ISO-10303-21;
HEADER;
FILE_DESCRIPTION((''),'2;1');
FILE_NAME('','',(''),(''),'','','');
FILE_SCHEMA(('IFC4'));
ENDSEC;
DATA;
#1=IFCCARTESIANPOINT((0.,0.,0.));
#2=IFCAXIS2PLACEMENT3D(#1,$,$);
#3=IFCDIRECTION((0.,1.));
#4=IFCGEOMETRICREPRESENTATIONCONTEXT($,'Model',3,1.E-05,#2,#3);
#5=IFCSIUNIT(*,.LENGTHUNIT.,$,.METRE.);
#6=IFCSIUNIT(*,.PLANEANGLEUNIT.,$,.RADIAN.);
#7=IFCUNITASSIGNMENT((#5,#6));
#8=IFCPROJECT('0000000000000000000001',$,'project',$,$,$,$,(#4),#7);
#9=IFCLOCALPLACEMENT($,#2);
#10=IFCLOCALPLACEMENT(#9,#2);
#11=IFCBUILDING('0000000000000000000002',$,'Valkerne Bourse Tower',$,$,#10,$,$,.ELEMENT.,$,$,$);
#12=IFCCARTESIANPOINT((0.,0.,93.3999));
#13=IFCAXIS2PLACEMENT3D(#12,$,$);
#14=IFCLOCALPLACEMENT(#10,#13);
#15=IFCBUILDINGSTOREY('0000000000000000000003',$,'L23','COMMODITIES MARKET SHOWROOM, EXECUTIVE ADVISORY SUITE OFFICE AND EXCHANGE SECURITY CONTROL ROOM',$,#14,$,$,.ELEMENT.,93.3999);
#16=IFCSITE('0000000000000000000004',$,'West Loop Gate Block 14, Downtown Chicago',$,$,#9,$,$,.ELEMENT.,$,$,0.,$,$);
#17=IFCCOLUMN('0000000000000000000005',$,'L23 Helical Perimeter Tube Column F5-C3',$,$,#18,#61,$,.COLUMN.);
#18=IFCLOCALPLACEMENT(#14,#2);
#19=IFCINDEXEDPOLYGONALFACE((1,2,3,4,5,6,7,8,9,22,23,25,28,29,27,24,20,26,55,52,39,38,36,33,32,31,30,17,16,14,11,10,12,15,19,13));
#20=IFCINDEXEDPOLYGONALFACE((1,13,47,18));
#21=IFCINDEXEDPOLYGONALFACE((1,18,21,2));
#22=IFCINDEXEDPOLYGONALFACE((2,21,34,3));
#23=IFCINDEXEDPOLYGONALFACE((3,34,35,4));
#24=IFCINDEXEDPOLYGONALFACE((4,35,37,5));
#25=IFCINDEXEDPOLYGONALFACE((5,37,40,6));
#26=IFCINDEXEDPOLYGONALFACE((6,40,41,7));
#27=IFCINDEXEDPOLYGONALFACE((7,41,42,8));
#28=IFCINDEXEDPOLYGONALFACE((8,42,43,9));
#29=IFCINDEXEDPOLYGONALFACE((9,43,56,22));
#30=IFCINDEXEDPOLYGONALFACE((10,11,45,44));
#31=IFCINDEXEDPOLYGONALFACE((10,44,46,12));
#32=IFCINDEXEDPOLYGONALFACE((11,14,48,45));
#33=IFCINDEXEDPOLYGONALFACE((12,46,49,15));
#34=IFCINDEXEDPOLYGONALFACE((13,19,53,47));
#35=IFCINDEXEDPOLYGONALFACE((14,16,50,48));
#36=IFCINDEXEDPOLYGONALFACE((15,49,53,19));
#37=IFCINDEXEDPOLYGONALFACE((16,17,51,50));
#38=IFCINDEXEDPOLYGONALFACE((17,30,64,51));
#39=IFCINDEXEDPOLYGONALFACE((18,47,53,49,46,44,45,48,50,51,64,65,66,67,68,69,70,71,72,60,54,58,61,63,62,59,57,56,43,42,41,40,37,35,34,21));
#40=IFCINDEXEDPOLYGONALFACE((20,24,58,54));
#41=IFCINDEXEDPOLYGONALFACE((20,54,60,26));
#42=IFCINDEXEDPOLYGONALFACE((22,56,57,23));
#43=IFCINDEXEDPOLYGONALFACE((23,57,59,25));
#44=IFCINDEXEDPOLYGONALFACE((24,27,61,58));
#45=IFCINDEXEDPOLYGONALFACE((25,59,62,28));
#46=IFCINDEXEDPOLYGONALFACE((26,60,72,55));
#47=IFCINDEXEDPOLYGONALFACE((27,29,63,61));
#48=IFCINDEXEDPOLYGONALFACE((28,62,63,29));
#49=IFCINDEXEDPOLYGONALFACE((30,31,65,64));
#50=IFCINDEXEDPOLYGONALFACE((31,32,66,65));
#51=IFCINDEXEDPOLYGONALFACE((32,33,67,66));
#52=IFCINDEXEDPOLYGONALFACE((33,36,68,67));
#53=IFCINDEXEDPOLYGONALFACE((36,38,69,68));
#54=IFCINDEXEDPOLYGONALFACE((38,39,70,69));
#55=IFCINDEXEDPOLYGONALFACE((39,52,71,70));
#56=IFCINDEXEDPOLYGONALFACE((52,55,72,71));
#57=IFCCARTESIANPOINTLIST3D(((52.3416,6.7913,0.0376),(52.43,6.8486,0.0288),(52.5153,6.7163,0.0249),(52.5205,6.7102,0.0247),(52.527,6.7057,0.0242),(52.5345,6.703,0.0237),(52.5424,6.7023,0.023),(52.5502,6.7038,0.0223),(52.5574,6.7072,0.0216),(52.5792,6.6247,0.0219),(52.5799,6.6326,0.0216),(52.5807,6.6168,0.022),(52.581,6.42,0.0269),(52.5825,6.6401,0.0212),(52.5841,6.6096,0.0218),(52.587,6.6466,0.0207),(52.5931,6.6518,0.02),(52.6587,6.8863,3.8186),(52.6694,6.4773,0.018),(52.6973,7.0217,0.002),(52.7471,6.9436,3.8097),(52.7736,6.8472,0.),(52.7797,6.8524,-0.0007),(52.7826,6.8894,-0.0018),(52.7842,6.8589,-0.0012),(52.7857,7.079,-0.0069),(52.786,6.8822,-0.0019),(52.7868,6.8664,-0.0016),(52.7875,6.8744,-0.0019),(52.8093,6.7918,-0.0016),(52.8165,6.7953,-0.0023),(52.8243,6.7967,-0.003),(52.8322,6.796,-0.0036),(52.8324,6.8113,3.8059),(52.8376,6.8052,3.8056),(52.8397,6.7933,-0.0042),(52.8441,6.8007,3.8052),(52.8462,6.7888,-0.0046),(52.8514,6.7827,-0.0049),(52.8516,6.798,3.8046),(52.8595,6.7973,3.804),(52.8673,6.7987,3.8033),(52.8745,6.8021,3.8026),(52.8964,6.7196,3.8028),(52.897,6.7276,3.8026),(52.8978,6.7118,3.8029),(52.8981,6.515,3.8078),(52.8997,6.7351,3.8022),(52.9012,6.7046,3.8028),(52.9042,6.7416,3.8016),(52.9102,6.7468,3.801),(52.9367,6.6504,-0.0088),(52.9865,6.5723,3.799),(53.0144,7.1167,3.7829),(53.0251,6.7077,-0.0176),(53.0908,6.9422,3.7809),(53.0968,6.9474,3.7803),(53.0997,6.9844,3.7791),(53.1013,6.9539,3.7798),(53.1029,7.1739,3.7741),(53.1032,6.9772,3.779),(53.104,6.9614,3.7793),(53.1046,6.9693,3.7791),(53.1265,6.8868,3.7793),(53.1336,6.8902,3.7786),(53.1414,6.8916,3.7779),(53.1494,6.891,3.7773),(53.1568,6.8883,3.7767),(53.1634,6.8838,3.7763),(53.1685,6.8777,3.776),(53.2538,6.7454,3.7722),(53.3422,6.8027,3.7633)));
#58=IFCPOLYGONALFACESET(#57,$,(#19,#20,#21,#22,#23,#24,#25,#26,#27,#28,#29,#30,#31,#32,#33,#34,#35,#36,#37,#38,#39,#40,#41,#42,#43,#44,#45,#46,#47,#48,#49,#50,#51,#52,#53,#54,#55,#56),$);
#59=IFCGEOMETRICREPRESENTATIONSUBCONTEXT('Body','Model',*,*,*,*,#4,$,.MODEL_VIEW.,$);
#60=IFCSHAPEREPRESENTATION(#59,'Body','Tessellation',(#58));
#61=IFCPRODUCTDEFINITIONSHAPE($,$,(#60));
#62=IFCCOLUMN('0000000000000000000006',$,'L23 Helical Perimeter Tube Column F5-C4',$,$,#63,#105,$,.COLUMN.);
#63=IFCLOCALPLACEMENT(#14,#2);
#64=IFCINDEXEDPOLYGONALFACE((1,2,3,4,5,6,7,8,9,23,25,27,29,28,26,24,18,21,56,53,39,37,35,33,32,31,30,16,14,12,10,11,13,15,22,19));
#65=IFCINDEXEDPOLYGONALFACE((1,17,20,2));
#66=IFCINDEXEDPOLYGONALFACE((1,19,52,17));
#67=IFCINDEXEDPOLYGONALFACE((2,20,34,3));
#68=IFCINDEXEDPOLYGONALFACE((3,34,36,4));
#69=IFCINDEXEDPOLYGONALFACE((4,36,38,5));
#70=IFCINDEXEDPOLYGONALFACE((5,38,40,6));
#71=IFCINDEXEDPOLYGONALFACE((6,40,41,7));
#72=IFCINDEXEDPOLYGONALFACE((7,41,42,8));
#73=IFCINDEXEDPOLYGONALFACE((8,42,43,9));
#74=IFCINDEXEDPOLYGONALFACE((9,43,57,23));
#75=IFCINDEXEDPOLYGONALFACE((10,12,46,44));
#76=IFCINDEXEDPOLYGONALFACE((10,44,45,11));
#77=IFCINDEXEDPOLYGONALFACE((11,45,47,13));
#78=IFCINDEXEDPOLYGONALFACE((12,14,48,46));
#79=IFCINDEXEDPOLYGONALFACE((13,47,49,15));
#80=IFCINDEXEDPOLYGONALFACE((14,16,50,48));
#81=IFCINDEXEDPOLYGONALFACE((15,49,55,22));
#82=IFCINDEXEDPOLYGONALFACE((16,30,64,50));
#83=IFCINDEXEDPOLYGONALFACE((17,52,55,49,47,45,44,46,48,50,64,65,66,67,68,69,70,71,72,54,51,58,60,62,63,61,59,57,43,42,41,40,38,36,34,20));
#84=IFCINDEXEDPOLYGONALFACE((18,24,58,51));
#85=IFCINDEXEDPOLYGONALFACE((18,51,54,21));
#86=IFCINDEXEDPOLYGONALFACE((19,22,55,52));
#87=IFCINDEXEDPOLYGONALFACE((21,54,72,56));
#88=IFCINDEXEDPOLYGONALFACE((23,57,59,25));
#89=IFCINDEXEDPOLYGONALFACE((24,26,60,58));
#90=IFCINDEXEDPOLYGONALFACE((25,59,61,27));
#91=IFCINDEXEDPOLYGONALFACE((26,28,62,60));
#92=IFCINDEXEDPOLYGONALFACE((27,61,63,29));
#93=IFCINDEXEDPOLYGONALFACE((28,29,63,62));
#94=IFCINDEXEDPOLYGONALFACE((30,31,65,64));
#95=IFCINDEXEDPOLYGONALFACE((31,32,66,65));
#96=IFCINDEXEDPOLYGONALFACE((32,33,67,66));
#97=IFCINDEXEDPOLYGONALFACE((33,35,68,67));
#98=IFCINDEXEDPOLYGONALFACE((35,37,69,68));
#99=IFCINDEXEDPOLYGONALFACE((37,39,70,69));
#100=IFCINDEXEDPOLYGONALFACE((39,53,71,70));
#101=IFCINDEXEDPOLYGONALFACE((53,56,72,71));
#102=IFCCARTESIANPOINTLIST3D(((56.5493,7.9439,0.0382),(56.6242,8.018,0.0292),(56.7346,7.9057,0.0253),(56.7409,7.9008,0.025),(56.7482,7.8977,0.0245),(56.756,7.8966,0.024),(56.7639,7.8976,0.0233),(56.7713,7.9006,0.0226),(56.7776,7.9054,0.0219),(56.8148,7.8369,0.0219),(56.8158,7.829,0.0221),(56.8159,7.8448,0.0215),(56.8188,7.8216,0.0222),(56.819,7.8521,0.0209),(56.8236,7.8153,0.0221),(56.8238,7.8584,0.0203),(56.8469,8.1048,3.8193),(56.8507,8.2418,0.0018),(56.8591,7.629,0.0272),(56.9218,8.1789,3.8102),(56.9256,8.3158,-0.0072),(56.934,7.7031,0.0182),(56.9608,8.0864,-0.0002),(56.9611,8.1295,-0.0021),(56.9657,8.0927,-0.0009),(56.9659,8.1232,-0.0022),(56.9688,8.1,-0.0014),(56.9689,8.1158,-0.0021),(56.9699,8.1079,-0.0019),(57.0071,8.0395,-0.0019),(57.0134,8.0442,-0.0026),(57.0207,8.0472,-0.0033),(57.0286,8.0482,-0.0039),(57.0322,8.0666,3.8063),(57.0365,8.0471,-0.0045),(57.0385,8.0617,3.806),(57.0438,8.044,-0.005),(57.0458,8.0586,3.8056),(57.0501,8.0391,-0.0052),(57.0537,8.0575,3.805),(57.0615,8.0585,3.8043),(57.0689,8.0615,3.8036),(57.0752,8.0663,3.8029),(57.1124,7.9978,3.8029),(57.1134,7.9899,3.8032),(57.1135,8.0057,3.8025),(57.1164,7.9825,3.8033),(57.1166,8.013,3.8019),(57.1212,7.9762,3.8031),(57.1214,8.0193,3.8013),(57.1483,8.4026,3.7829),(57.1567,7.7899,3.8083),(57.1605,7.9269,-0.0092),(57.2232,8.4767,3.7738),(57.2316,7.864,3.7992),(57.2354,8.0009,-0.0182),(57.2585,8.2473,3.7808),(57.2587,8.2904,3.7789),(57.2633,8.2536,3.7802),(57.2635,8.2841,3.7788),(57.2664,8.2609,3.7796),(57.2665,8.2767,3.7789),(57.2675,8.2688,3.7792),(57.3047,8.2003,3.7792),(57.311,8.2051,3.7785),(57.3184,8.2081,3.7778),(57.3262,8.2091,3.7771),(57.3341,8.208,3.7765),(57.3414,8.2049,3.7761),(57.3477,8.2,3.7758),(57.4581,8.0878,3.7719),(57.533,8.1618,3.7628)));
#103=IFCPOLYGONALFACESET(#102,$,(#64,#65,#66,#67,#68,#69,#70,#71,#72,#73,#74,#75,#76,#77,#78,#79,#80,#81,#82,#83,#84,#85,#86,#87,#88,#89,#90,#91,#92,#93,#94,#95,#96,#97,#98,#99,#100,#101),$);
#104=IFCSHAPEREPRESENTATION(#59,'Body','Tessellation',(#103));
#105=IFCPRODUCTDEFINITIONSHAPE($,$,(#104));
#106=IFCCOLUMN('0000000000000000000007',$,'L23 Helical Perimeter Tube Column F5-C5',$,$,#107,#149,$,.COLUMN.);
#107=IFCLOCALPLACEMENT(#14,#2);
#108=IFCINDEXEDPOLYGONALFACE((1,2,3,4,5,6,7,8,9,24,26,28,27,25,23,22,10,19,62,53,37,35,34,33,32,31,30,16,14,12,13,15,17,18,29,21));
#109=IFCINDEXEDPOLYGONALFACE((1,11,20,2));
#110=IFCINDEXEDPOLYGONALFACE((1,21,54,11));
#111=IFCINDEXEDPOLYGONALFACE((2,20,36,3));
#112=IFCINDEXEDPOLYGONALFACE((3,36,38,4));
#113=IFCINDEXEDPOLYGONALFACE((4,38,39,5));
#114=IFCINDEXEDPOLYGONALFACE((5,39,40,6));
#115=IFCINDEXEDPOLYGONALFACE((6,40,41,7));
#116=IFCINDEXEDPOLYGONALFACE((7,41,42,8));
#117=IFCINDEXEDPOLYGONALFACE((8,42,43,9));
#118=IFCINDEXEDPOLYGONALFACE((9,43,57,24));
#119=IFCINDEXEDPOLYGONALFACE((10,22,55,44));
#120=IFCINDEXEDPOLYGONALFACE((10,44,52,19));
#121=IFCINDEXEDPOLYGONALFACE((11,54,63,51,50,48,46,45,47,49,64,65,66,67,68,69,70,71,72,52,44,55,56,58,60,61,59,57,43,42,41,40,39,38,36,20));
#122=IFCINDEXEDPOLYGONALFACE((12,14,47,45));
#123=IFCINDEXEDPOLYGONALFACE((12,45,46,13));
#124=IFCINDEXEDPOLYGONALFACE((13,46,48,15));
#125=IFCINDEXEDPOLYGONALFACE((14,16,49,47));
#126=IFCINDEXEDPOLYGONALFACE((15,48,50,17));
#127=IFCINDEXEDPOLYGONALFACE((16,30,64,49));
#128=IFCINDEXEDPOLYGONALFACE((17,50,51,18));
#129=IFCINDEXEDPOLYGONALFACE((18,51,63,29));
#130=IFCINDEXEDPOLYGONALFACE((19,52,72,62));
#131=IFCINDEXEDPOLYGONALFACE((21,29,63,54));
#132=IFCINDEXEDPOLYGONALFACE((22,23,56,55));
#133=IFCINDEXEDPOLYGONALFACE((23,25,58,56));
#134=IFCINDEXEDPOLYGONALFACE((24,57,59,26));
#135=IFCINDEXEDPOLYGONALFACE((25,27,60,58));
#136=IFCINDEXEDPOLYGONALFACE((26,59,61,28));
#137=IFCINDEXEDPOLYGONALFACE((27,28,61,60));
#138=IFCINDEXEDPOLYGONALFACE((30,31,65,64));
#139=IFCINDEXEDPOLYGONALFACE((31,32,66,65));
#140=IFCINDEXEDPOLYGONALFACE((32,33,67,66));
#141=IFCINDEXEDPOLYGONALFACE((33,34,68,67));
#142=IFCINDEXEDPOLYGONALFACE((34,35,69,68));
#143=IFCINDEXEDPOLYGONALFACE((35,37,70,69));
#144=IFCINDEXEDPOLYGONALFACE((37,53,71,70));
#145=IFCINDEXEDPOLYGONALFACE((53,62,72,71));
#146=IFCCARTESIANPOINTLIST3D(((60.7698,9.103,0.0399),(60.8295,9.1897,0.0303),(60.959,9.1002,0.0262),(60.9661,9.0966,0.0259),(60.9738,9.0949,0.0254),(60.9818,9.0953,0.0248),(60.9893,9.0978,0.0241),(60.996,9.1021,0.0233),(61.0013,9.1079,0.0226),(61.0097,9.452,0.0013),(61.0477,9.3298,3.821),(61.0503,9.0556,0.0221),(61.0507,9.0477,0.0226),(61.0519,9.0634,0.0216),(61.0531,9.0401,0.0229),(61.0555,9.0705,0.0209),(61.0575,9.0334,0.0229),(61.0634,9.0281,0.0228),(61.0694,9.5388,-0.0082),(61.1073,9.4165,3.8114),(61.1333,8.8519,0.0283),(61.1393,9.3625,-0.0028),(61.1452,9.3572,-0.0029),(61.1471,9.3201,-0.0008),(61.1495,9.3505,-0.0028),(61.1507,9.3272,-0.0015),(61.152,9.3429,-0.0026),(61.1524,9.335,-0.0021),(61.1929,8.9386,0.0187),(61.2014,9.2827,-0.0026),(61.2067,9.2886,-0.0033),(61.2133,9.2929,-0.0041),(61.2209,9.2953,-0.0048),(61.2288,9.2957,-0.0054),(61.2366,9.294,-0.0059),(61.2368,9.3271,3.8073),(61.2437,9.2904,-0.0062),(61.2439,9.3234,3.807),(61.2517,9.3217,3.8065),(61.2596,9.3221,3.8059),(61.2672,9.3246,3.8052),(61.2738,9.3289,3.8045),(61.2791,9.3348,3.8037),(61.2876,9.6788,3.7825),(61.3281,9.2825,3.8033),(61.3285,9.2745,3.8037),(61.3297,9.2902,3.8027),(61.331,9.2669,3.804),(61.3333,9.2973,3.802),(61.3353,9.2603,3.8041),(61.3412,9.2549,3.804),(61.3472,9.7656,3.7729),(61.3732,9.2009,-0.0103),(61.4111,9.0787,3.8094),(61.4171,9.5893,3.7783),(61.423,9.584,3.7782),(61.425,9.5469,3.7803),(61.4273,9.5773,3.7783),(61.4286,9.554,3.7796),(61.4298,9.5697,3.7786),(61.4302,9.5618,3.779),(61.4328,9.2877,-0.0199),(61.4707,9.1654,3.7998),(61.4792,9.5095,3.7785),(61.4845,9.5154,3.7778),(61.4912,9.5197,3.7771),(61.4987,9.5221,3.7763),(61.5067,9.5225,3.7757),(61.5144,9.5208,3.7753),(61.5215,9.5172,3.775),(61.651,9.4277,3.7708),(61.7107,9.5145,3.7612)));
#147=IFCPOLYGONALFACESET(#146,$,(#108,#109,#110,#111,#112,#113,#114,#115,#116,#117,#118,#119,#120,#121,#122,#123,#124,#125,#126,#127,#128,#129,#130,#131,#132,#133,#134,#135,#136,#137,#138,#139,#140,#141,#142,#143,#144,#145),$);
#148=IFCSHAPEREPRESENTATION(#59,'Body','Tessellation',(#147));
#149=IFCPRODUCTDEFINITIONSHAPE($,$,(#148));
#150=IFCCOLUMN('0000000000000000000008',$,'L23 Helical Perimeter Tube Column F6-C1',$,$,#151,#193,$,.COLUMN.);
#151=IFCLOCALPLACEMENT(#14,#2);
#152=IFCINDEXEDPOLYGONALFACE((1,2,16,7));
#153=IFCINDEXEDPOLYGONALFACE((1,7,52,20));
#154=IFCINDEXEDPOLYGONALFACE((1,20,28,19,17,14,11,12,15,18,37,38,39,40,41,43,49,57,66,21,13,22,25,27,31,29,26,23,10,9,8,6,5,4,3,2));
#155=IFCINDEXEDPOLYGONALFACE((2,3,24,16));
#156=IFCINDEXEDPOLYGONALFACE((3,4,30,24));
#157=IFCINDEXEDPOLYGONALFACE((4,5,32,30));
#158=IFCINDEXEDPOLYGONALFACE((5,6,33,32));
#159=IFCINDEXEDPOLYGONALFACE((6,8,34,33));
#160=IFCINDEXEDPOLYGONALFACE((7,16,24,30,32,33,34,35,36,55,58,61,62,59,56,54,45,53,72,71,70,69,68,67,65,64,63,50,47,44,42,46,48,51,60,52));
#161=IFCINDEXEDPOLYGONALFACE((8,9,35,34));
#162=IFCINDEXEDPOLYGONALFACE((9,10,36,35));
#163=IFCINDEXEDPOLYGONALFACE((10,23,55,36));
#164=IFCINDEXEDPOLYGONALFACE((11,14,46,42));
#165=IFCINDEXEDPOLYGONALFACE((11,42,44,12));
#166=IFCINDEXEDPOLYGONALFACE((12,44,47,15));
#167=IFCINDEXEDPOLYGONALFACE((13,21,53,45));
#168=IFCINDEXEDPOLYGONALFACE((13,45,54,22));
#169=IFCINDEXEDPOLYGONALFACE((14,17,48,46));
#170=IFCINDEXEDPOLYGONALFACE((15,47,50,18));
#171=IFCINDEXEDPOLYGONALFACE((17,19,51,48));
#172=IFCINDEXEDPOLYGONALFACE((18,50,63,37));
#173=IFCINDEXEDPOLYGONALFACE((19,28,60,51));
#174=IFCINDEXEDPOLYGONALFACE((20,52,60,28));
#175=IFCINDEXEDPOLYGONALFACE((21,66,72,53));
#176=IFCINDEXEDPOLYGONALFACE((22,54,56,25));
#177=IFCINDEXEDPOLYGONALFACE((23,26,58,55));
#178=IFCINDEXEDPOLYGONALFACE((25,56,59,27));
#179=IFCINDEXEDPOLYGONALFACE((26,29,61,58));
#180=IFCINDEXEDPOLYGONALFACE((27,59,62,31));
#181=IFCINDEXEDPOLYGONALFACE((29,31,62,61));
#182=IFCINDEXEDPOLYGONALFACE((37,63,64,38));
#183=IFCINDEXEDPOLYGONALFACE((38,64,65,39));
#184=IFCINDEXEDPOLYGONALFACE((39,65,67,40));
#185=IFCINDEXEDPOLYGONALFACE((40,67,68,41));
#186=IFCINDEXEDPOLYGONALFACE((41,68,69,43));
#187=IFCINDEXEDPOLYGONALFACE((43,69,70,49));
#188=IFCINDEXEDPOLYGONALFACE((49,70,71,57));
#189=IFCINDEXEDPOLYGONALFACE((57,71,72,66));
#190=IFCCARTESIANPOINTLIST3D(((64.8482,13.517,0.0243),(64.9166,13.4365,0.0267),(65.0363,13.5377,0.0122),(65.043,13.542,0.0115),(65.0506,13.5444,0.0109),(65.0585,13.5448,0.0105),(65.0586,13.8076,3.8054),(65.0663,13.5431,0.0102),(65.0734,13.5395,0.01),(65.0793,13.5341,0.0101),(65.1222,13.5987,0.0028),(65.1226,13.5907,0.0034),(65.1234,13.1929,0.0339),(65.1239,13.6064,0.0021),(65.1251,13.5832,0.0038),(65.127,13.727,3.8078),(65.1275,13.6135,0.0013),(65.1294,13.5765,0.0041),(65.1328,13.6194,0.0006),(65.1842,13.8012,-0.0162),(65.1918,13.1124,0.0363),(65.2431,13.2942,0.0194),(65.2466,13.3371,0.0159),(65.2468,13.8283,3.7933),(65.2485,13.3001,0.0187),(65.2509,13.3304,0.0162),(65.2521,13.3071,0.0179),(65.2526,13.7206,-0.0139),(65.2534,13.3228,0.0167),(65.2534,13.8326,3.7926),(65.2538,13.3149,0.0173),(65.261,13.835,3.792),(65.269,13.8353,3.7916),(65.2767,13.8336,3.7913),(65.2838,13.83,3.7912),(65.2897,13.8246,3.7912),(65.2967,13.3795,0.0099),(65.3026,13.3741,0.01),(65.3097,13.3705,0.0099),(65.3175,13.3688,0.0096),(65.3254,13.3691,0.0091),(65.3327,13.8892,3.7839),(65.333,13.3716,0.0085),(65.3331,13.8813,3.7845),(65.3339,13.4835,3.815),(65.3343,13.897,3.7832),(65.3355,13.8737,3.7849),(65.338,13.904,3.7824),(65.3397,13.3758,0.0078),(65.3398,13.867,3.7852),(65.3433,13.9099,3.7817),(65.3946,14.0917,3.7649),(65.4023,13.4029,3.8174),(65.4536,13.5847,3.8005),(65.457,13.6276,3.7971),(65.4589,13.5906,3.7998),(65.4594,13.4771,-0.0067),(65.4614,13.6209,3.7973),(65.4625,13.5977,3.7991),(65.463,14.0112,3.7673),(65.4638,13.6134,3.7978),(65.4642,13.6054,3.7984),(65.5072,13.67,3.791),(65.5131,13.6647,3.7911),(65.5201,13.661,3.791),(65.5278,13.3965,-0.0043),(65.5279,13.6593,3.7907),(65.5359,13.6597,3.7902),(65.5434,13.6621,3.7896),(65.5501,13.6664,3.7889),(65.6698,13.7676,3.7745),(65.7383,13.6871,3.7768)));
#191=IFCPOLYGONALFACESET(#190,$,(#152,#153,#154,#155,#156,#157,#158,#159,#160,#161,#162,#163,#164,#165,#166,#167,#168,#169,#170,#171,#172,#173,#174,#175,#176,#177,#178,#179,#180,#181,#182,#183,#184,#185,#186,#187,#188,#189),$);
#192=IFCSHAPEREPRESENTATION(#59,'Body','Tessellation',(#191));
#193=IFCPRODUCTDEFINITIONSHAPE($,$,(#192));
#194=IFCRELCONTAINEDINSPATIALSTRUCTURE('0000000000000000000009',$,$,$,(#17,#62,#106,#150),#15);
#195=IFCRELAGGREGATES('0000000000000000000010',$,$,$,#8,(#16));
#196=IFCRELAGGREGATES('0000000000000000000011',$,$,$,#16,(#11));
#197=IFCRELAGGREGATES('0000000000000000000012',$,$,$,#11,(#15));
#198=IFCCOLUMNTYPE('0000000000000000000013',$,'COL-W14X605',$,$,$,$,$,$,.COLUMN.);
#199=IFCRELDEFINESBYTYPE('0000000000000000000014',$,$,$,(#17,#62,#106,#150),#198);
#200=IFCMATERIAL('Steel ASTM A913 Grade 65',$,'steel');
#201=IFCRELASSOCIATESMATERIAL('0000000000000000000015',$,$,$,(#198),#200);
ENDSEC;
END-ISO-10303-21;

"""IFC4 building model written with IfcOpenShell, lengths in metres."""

from ifc_helpers import new_model, si_unit, direction, frame, origin, origin_2d, place, context, subcontext, project, spatial, i_section, extrude, material, material_profile, profile_set, type_object, element, save


model = new_model("IFC4")

# Units and contexts
model_context = context("Model", 3, precision=1e-05, world=origin(), true_north=direction((0.0, 1.0)))
body_context = subcontext(model_context, "Body", "Model", "MODEL_VIEW")
ifc_project = project(units=[si_unit("LENGTHUNIT", "METRE"), si_unit("PLANEANGLEUNIT", "RADIAN")], contexts=[model_context])

# Site, building, storey
site_placement = place(None, origin())
site = spatial("IfcSite", under=ifc_project, at=site_placement, Name="West Loop Gate Block 14, Downtown Chicago", CompositionType="ELEMENT", RefElevation=0.0)
building_placement = place(site_placement, origin())
building = spatial("IfcBuilding", under=site, at=building_placement, Name="Valkerne Bourse Tower", CompositionType="ELEMENT")
storey_placement = place(building_placement, frame((0.0, 0.0, 93.3999)))
storey = spatial("IfcBuildingStorey", under=building, at=storey_placement, Name="L23", Description="COMMODITIES MARKET SHOWROOM, EXECUTIVE ADVISORY SUITE OFFICE AND EXCHANGE SECURITY CONTROL ROOM", CompositionType="ELEMENT", Elevation=93.3999)

# Columns
ifc_material_1 = material(Name="Steel ASTM A913 Grade 65", Category="steel")
ifc_material_profile_1 = material_profile(ifc_material_1, i_section(OverallWidth=0.4419, OverallDepth=0.531, WebThickness=0.0659, FlangeThickness=0.1057, FilletRadius=0.0305, at=origin_2d()), Name="W14X605")
ifc_profile_set_1 = profile_set([ifc_material_profile_1], Name="Steel ASTM A913 Grade 65")
column_type = type_object("IfcColumnType", Name="COL-W14X605", PredefinedType="COLUMN", material=ifc_profile_set_1)
column_1_placement = place(storey_placement, frame((52.6833, 6.7495, 0.01), z_axis=(0.083557, 0.025022, 0.996189), x_axis=(-0.54173, 0.840201, 0.024335)))
element("IfcColumn", 1, at=column_1_placement, inside=storey, type_object=column_type, Name="L23 Helical Perimeter Tube Column F5-C3", PredefinedType="COLUMN", context=body_context, shape_type="SweptSolid", body=[
    extrude(i_section(OverallWidth=0.4419, OverallDepth=0.531, WebThickness=0.0659, FlangeThickness=0.1057, FilletRadius=0.0305, at=origin_2d()), origin(), (0.0, 0.0, 1.0), 3.7954),
])
column_2_placement = place(storey_placement, frame((56.8923, 7.9724, 0.01), z_axis=(0.078398, 0.042382, 0.996021), x_axis=(-0.701126, 0.712603, 0.024864)))
element("IfcColumn", 2, at=column_2_placement, inside=storey, type_object=column_type, Name="L23 Helical Perimeter Tube Column F5-C4", PredefinedType="COLUMN", context=body_context, shape_type="SweptSolid", body=[
    extrude(i_section(OverallWidth=0.4419, OverallDepth=0.531, WebThickness=0.0659, FlangeThickness=0.1057, FilletRadius=0.0305, at=origin_2d()), origin(), (0.0, 0.0, 1.0), 3.7961),
])
for number, where, z_axis, x_axis, name in (
    (3, (61.1013, 9.1953, 0.01), (0.073153, 0.059718, 0.995531), (-0.822431, 0.568254, 0.026346), "L23 Helical Perimeter Tube Column F5-C5"),
    (4, (65.188, 13.4568, 0.01), (0.055411, 0.076495, 0.995529), (-0.760329, -0.643028, 0.091729), "L23 Helical Perimeter Tube Column F6-C1"),
):
    element("IfcColumn", number, at=place(storey_placement, frame(where, z_axis=z_axis, x_axis=x_axis)), inside=storey, type_object=column_type, Name=name, PredefinedType="COLUMN", context=body_context, shape_type="SweptSolid", body=[
        extrude(i_section(OverallWidth=0.4419, OverallDepth=0.531, WebThickness=0.0659, FlangeThickness=0.1057, FilletRadius=0.0305, at=origin_2d()), origin(), (0.0, 0.0, 1.0), 3.7981),
    ])

save(model, "model.ifc")
